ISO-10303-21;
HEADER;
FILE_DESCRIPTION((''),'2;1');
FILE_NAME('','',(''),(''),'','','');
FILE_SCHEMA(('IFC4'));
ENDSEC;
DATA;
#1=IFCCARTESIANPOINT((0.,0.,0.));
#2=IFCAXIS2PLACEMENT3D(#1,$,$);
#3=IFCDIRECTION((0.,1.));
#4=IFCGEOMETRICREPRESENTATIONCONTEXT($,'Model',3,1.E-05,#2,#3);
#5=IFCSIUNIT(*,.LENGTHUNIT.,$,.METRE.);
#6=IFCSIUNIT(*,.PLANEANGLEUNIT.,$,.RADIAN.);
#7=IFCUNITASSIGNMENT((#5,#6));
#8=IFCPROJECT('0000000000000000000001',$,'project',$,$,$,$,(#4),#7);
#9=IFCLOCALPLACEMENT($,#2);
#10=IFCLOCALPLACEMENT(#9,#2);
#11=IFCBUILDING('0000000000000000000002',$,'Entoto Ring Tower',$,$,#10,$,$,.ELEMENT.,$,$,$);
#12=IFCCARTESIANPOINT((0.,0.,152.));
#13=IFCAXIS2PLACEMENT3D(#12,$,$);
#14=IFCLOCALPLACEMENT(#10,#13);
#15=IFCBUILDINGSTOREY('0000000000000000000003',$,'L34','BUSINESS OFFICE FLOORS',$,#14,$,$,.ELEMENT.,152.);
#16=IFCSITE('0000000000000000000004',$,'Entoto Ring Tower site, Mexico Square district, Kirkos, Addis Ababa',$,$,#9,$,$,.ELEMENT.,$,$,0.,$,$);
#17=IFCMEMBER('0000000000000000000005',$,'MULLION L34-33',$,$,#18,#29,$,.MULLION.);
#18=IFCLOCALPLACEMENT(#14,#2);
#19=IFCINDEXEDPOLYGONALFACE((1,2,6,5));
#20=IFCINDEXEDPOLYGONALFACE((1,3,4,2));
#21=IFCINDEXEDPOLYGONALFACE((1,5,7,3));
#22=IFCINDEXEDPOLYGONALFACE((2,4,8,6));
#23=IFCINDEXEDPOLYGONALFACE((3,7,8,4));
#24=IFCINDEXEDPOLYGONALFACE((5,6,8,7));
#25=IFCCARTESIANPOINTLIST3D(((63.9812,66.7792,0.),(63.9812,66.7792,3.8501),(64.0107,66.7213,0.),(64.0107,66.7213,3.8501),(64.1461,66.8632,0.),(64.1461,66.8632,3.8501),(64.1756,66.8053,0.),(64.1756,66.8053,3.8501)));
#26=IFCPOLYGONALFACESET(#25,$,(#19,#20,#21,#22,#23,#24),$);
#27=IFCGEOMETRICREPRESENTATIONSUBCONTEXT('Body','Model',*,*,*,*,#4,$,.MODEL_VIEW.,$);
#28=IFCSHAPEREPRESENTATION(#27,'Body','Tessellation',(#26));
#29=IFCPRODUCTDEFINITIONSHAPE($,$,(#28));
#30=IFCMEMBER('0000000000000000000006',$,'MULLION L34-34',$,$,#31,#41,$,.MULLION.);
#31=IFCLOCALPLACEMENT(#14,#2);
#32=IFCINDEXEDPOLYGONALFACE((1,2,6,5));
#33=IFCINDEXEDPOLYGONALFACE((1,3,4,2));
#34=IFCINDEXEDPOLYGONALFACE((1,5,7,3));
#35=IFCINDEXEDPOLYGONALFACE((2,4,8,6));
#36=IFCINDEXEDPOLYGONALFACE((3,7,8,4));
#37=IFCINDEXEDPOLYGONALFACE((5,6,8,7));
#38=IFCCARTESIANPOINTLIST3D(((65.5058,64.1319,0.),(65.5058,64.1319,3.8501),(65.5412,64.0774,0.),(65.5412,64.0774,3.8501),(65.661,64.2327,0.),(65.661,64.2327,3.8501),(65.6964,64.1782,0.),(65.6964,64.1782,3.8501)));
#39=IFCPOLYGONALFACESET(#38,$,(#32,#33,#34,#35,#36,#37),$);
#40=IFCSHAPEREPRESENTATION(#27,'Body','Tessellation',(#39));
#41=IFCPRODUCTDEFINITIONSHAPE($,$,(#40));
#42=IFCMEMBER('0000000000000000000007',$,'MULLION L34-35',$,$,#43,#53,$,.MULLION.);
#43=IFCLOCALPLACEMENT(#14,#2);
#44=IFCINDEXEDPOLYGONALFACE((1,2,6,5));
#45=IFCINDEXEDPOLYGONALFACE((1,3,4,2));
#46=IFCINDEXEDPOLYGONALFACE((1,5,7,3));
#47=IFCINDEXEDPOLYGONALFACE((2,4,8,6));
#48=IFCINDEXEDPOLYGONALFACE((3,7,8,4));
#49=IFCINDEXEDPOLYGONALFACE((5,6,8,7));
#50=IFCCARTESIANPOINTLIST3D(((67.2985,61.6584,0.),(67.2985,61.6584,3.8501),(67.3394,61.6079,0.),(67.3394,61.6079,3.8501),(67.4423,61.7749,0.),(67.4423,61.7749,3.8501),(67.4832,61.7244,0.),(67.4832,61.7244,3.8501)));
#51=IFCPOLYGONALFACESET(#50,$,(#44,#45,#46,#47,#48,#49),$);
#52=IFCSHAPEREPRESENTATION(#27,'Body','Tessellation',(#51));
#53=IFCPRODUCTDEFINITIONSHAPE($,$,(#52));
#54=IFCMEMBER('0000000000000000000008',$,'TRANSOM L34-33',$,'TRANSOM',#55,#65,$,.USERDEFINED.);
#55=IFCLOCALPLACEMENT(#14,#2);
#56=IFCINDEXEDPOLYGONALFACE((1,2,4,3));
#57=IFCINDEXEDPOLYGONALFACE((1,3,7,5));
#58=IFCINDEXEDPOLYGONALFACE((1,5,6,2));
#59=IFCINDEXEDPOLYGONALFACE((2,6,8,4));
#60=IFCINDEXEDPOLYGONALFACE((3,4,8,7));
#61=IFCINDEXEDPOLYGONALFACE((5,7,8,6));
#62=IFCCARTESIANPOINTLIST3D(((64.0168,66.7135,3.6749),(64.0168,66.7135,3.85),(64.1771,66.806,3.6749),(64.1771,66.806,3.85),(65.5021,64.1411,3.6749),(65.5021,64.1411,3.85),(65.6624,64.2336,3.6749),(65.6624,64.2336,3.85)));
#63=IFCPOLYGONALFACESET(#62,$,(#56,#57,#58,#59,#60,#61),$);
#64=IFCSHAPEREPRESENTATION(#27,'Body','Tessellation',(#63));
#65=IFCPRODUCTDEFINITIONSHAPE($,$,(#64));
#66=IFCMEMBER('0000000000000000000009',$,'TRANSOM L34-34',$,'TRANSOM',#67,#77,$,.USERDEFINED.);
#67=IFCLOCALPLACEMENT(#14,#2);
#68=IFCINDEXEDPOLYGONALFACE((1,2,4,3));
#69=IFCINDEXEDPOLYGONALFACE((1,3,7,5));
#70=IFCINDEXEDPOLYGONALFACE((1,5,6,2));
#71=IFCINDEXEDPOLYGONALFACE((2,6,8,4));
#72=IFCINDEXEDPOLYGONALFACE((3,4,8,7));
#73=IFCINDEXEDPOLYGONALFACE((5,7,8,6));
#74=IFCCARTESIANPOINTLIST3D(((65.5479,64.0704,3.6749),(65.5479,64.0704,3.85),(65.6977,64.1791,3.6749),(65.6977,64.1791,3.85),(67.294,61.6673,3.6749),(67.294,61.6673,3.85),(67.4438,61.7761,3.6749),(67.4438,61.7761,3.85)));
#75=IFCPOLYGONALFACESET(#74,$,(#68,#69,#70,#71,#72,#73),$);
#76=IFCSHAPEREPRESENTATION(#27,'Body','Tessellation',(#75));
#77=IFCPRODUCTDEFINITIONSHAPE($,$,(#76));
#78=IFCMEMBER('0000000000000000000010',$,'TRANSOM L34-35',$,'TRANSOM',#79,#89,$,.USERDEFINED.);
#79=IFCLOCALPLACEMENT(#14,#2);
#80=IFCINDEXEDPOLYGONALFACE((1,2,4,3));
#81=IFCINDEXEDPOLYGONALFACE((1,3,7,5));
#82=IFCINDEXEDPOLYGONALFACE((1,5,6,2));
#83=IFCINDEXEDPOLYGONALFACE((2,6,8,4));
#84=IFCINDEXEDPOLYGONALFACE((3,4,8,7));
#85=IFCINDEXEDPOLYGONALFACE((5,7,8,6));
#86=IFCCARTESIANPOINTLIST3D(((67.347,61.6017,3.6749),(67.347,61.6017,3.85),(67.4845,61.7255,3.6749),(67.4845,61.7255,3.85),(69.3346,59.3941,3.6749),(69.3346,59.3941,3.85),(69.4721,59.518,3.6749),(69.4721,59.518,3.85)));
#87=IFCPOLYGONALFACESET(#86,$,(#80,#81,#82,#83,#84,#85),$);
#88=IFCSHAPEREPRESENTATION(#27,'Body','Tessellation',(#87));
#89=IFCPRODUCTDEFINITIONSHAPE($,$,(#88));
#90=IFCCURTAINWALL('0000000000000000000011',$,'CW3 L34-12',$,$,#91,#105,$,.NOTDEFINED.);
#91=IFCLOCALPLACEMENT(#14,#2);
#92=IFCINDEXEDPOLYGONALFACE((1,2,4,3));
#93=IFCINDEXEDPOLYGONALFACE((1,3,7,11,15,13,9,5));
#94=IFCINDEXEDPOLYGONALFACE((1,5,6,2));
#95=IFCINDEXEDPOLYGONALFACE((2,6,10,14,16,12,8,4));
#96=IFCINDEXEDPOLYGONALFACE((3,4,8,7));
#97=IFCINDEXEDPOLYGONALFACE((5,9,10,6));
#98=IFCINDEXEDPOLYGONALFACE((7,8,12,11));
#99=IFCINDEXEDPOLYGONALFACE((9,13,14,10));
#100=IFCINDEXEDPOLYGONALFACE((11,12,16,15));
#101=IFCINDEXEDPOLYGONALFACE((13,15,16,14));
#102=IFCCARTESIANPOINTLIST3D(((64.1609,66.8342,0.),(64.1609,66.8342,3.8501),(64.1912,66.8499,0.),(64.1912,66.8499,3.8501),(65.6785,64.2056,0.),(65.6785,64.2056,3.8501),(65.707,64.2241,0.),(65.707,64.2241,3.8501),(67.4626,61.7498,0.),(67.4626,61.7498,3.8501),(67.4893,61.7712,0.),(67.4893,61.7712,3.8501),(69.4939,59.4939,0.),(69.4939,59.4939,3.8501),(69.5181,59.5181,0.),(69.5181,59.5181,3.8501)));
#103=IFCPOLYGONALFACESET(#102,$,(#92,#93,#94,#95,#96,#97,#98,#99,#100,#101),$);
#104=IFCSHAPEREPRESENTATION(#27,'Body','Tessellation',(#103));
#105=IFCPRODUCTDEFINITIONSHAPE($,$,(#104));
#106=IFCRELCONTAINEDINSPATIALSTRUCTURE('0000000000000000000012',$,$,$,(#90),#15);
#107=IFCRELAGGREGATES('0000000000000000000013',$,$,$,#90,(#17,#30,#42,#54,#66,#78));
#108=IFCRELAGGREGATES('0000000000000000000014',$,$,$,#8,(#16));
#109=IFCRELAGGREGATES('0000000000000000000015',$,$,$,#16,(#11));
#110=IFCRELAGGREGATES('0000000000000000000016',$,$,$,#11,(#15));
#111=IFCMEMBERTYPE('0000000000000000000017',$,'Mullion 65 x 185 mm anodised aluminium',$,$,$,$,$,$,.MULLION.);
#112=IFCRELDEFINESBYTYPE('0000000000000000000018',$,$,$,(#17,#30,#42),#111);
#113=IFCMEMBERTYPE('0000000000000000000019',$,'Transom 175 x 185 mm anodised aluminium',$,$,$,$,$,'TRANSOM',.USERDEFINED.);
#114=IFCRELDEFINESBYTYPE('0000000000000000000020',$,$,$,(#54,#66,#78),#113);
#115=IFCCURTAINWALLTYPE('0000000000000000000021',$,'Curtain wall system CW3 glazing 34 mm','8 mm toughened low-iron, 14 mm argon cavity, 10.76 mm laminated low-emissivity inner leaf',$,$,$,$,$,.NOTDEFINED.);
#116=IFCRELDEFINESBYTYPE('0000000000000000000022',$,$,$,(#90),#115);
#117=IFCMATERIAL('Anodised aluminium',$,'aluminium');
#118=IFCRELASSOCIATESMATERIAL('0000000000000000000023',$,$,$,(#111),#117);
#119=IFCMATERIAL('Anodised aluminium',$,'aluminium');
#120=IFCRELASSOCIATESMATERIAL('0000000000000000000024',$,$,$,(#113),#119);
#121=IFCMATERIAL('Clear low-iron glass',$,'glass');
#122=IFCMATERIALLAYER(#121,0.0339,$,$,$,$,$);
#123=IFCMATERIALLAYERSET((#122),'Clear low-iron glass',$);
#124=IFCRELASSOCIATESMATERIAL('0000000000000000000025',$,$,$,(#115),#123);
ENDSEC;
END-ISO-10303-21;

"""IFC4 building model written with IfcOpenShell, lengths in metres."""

from ifc_helpers import new_model, si_unit, direction, frame, origin, origin_2d, place, context, subcontext, project, spatial, polyline, rectangle, outline, extrude, material, layer, layer_set, material_profile, profile_set, type_object, element, aggregate, save


model = new_model("IFC4")

# Units and contexts
model_context = context("Model", 3, precision=1e-05, world=origin(), true_north=direction((0.0, 1.0)))
body_context = subcontext(model_context, "Body", "Model", "MODEL_VIEW")
ifc_project = project(units=[si_unit("LENGTHUNIT", "METRE"), si_unit("PLANEANGLEUNIT", "RADIAN")], contexts=[model_context])

# Members
ifc_material_1 = material(Name="Anodised aluminium", Category="aluminium")
ifc_material_profile_1 = material_profile(ifc_material_1, rectangle(XDim=0.0649, YDim=0.1851, at=origin_2d()), Name="Mullion 65 x 185 mm anodised aluminium")
ifc_profile_set_1 = profile_set([ifc_material_profile_1], Name="Anodised aluminium")
member_type_1 = type_object("IfcMemberType", Name="Mullion 65 x 185 mm anodised aluminium", PredefinedType="MULLION", material=ifc_profile_set_1)
site_placement = place(None, origin())
building_placement = place(site_placement, origin())
storey_placement = place(building_placement, frame((0.0, 0.0, 152.0)))
member_1_placement = place(storey_placement, frame((64.0784, 66.7922, 0.0), z_axis=(0.0, 0.0, 1.0), x_axis=(0.45399, -0.891007, 0.0)))
member_1 = element("IfcMember", 1, at=member_1_placement, type_object=member_type_1, Name="MULLION L34-33", PredefinedType="MULLION", context=body_context, shape_type="SweptSolid", body=[
    extrude(rectangle(XDim=0.0649, YDim=0.1851, at=origin_2d()), origin(), (0.0, 0.0, 1.0), 3.8501),
])
member_2_placement = place(storey_placement, frame((65.6011, 64.155, 0.0), z_axis=(0.0, 0.0, 1.0), x_axis=(0.544639, -0.838671, 0.0)))
member_2 = element("IfcMember", 2, at=member_2_placement, type_object=member_type_1, Name="MULLION L34-34", PredefinedType="MULLION", context=body_context, shape_type="SweptSolid", body=[
    extrude(rectangle(XDim=0.0649, YDim=0.1851, at=origin_2d()), origin(), (0.0, 0.0, 1.0), 3.8501),
])
member_3_placement = place(storey_placement, frame((67.3909, 61.6914, 0.0), z_axis=(0.0, 0.0, 1.0), x_axis=(0.62932, -0.777146, 0.0)))
member_3 = element("IfcMember", 3, at=member_3_placement, type_object=member_type_1, Name="MULLION L34-35", PredefinedType="MULLION", context=body_context, shape_type="SweptSolid", body=[
    extrude(rectangle(XDim=0.0649, YDim=0.1851, at=origin_2d()), origin(), (0.0, 0.0, 1.0), 3.8501),
])
ifc_material_2 = material(Name="Anodised aluminium", Category="aluminium")
ifc_material_profile_2 = material_profile(ifc_material_2, rectangle(XDim=0.1851, YDim=0.175, at=origin_2d()), Name="Transom 175 x 185 mm anodised aluminium")
ifc_profile_set_2 = profile_set([ifc_material_profile_2], Name="Anodised aluminium")
member_type_2 = type_object("IfcMemberType", Name="Transom 175 x 185 mm anodised aluminium", ElementType="TRANSOM", PredefinedType="USERDEFINED", material=ifc_profile_set_2)
member_4_placement = place(storey_placement, frame((64.0969, 66.7598, 3.7625), z_axis=(0.500028, -0.866009, 0.0), x_axis=(0.866009, 0.500028, 0.0)))
member_4 = element("IfcMember", 4, at=member_4_placement, type_object=member_type_2, Name="TRANSOM L34-33", ObjectType="TRANSOM", PredefinedType="USERDEFINED", context=body_context, shape_type="SweptSolid", body=[
    extrude(rectangle(XDim=0.1851, YDim=0.175, at=origin_2d()), origin(), (0.0, 0.0, 1.0), 2.9705),
])
member_5_placement = place(storey_placement, frame((65.6228, 64.1248, 3.7625), z_axis=(0.58782, -0.808992, 0.0), x_axis=(0.808992, 0.58782, 0.0)))
member_5 = element("IfcMember", 5, at=member_5_placement, type_object=member_type_2, Name="TRANSOM L34-34", ObjectType="TRANSOM", PredefinedType="USERDEFINED", context=body_context, shape_type="SweptSolid", body=[
    extrude(rectangle(XDim=0.1851, YDim=0.175, at=origin_2d()), origin(), (0.0, 0.0, 1.0), 2.9705),
])
member_6_placement = place(storey_placement, frame((67.4158, 61.6636, 3.7625), z_axis=(0.66911, -0.743163, 0.0), x_axis=(0.743163, 0.66911, 0.0)))
member_6 = element("IfcMember", 6, at=member_6_placement, type_object=member_type_2, Name="TRANSOM L34-35", ObjectType="TRANSOM", PredefinedType="USERDEFINED", context=body_context, shape_type="SweptSolid", body=[
    extrude(rectangle(XDim=0.1851, YDim=0.175, at=origin_2d()), origin(), (0.0, 0.0, 1.0), 2.9705),
])

# Site, building, storey
site = spatial("IfcSite", under=ifc_project, at=site_placement, Name="Entoto Ring Tower site, Mexico Square district, Kirkos, Addis Ababa", CompositionType="ELEMENT", RefElevation=0.0)
building = spatial("IfcBuilding", under=site, at=building_placement, Name="Entoto Ring Tower", CompositionType="ELEMENT")
storey = spatial("IfcBuildingStorey", under=building, at=storey_placement, Name="L34", Description="BUSINESS OFFICE FLOORS", CompositionType="ELEMENT", Elevation=152.0)

# Curtain wall
ifc_material_3 = material(Name="Clear low-iron glass", Category="glass")
ifc_layer = layer(ifc_material_3, 0.0339)
ifc_layer_set = layer_set([ifc_layer], Name="Clear low-iron glass")
curtain_wall_type = type_object("IfcCurtainWallType", Name="Curtain wall system CW3 glazing 34 mm", Description="8 mm toughened low-iron, 14 mm argon cavity, 10.76 mm laminated low-emissivity inner leaf", PredefinedType="NOTDEFINED", material=ifc_layer_set)
curtain_wall_1_placement = place(storey_placement, origin())
curtain_wall_1 = element("IfcCurtainWall", 7, at=curtain_wall_1_placement, inside=storey, type_object=curtain_wall_type, Name="CW3 L34-12", PredefinedType="NOTDEFINED", context=body_context, shape_type="SweptSolid", body=[
    extrude(outline(polyline([(64.1609, 66.8342), (65.6785, 64.2056), (67.4626, 61.7498), (69.4939, 59.4939), (69.5181, 59.5181), (67.4893, 61.7712), (65.707, 64.2241), (64.1912, 66.8499), (64.1609, 66.8342)])), origin(), (0.0, 0.0, 1.0), 3.8501),
])
aggregate(curtain_wall_1, [member_1, member_2, member_3, member_4, member_5, member_6])

save(model, "model.ifc")
